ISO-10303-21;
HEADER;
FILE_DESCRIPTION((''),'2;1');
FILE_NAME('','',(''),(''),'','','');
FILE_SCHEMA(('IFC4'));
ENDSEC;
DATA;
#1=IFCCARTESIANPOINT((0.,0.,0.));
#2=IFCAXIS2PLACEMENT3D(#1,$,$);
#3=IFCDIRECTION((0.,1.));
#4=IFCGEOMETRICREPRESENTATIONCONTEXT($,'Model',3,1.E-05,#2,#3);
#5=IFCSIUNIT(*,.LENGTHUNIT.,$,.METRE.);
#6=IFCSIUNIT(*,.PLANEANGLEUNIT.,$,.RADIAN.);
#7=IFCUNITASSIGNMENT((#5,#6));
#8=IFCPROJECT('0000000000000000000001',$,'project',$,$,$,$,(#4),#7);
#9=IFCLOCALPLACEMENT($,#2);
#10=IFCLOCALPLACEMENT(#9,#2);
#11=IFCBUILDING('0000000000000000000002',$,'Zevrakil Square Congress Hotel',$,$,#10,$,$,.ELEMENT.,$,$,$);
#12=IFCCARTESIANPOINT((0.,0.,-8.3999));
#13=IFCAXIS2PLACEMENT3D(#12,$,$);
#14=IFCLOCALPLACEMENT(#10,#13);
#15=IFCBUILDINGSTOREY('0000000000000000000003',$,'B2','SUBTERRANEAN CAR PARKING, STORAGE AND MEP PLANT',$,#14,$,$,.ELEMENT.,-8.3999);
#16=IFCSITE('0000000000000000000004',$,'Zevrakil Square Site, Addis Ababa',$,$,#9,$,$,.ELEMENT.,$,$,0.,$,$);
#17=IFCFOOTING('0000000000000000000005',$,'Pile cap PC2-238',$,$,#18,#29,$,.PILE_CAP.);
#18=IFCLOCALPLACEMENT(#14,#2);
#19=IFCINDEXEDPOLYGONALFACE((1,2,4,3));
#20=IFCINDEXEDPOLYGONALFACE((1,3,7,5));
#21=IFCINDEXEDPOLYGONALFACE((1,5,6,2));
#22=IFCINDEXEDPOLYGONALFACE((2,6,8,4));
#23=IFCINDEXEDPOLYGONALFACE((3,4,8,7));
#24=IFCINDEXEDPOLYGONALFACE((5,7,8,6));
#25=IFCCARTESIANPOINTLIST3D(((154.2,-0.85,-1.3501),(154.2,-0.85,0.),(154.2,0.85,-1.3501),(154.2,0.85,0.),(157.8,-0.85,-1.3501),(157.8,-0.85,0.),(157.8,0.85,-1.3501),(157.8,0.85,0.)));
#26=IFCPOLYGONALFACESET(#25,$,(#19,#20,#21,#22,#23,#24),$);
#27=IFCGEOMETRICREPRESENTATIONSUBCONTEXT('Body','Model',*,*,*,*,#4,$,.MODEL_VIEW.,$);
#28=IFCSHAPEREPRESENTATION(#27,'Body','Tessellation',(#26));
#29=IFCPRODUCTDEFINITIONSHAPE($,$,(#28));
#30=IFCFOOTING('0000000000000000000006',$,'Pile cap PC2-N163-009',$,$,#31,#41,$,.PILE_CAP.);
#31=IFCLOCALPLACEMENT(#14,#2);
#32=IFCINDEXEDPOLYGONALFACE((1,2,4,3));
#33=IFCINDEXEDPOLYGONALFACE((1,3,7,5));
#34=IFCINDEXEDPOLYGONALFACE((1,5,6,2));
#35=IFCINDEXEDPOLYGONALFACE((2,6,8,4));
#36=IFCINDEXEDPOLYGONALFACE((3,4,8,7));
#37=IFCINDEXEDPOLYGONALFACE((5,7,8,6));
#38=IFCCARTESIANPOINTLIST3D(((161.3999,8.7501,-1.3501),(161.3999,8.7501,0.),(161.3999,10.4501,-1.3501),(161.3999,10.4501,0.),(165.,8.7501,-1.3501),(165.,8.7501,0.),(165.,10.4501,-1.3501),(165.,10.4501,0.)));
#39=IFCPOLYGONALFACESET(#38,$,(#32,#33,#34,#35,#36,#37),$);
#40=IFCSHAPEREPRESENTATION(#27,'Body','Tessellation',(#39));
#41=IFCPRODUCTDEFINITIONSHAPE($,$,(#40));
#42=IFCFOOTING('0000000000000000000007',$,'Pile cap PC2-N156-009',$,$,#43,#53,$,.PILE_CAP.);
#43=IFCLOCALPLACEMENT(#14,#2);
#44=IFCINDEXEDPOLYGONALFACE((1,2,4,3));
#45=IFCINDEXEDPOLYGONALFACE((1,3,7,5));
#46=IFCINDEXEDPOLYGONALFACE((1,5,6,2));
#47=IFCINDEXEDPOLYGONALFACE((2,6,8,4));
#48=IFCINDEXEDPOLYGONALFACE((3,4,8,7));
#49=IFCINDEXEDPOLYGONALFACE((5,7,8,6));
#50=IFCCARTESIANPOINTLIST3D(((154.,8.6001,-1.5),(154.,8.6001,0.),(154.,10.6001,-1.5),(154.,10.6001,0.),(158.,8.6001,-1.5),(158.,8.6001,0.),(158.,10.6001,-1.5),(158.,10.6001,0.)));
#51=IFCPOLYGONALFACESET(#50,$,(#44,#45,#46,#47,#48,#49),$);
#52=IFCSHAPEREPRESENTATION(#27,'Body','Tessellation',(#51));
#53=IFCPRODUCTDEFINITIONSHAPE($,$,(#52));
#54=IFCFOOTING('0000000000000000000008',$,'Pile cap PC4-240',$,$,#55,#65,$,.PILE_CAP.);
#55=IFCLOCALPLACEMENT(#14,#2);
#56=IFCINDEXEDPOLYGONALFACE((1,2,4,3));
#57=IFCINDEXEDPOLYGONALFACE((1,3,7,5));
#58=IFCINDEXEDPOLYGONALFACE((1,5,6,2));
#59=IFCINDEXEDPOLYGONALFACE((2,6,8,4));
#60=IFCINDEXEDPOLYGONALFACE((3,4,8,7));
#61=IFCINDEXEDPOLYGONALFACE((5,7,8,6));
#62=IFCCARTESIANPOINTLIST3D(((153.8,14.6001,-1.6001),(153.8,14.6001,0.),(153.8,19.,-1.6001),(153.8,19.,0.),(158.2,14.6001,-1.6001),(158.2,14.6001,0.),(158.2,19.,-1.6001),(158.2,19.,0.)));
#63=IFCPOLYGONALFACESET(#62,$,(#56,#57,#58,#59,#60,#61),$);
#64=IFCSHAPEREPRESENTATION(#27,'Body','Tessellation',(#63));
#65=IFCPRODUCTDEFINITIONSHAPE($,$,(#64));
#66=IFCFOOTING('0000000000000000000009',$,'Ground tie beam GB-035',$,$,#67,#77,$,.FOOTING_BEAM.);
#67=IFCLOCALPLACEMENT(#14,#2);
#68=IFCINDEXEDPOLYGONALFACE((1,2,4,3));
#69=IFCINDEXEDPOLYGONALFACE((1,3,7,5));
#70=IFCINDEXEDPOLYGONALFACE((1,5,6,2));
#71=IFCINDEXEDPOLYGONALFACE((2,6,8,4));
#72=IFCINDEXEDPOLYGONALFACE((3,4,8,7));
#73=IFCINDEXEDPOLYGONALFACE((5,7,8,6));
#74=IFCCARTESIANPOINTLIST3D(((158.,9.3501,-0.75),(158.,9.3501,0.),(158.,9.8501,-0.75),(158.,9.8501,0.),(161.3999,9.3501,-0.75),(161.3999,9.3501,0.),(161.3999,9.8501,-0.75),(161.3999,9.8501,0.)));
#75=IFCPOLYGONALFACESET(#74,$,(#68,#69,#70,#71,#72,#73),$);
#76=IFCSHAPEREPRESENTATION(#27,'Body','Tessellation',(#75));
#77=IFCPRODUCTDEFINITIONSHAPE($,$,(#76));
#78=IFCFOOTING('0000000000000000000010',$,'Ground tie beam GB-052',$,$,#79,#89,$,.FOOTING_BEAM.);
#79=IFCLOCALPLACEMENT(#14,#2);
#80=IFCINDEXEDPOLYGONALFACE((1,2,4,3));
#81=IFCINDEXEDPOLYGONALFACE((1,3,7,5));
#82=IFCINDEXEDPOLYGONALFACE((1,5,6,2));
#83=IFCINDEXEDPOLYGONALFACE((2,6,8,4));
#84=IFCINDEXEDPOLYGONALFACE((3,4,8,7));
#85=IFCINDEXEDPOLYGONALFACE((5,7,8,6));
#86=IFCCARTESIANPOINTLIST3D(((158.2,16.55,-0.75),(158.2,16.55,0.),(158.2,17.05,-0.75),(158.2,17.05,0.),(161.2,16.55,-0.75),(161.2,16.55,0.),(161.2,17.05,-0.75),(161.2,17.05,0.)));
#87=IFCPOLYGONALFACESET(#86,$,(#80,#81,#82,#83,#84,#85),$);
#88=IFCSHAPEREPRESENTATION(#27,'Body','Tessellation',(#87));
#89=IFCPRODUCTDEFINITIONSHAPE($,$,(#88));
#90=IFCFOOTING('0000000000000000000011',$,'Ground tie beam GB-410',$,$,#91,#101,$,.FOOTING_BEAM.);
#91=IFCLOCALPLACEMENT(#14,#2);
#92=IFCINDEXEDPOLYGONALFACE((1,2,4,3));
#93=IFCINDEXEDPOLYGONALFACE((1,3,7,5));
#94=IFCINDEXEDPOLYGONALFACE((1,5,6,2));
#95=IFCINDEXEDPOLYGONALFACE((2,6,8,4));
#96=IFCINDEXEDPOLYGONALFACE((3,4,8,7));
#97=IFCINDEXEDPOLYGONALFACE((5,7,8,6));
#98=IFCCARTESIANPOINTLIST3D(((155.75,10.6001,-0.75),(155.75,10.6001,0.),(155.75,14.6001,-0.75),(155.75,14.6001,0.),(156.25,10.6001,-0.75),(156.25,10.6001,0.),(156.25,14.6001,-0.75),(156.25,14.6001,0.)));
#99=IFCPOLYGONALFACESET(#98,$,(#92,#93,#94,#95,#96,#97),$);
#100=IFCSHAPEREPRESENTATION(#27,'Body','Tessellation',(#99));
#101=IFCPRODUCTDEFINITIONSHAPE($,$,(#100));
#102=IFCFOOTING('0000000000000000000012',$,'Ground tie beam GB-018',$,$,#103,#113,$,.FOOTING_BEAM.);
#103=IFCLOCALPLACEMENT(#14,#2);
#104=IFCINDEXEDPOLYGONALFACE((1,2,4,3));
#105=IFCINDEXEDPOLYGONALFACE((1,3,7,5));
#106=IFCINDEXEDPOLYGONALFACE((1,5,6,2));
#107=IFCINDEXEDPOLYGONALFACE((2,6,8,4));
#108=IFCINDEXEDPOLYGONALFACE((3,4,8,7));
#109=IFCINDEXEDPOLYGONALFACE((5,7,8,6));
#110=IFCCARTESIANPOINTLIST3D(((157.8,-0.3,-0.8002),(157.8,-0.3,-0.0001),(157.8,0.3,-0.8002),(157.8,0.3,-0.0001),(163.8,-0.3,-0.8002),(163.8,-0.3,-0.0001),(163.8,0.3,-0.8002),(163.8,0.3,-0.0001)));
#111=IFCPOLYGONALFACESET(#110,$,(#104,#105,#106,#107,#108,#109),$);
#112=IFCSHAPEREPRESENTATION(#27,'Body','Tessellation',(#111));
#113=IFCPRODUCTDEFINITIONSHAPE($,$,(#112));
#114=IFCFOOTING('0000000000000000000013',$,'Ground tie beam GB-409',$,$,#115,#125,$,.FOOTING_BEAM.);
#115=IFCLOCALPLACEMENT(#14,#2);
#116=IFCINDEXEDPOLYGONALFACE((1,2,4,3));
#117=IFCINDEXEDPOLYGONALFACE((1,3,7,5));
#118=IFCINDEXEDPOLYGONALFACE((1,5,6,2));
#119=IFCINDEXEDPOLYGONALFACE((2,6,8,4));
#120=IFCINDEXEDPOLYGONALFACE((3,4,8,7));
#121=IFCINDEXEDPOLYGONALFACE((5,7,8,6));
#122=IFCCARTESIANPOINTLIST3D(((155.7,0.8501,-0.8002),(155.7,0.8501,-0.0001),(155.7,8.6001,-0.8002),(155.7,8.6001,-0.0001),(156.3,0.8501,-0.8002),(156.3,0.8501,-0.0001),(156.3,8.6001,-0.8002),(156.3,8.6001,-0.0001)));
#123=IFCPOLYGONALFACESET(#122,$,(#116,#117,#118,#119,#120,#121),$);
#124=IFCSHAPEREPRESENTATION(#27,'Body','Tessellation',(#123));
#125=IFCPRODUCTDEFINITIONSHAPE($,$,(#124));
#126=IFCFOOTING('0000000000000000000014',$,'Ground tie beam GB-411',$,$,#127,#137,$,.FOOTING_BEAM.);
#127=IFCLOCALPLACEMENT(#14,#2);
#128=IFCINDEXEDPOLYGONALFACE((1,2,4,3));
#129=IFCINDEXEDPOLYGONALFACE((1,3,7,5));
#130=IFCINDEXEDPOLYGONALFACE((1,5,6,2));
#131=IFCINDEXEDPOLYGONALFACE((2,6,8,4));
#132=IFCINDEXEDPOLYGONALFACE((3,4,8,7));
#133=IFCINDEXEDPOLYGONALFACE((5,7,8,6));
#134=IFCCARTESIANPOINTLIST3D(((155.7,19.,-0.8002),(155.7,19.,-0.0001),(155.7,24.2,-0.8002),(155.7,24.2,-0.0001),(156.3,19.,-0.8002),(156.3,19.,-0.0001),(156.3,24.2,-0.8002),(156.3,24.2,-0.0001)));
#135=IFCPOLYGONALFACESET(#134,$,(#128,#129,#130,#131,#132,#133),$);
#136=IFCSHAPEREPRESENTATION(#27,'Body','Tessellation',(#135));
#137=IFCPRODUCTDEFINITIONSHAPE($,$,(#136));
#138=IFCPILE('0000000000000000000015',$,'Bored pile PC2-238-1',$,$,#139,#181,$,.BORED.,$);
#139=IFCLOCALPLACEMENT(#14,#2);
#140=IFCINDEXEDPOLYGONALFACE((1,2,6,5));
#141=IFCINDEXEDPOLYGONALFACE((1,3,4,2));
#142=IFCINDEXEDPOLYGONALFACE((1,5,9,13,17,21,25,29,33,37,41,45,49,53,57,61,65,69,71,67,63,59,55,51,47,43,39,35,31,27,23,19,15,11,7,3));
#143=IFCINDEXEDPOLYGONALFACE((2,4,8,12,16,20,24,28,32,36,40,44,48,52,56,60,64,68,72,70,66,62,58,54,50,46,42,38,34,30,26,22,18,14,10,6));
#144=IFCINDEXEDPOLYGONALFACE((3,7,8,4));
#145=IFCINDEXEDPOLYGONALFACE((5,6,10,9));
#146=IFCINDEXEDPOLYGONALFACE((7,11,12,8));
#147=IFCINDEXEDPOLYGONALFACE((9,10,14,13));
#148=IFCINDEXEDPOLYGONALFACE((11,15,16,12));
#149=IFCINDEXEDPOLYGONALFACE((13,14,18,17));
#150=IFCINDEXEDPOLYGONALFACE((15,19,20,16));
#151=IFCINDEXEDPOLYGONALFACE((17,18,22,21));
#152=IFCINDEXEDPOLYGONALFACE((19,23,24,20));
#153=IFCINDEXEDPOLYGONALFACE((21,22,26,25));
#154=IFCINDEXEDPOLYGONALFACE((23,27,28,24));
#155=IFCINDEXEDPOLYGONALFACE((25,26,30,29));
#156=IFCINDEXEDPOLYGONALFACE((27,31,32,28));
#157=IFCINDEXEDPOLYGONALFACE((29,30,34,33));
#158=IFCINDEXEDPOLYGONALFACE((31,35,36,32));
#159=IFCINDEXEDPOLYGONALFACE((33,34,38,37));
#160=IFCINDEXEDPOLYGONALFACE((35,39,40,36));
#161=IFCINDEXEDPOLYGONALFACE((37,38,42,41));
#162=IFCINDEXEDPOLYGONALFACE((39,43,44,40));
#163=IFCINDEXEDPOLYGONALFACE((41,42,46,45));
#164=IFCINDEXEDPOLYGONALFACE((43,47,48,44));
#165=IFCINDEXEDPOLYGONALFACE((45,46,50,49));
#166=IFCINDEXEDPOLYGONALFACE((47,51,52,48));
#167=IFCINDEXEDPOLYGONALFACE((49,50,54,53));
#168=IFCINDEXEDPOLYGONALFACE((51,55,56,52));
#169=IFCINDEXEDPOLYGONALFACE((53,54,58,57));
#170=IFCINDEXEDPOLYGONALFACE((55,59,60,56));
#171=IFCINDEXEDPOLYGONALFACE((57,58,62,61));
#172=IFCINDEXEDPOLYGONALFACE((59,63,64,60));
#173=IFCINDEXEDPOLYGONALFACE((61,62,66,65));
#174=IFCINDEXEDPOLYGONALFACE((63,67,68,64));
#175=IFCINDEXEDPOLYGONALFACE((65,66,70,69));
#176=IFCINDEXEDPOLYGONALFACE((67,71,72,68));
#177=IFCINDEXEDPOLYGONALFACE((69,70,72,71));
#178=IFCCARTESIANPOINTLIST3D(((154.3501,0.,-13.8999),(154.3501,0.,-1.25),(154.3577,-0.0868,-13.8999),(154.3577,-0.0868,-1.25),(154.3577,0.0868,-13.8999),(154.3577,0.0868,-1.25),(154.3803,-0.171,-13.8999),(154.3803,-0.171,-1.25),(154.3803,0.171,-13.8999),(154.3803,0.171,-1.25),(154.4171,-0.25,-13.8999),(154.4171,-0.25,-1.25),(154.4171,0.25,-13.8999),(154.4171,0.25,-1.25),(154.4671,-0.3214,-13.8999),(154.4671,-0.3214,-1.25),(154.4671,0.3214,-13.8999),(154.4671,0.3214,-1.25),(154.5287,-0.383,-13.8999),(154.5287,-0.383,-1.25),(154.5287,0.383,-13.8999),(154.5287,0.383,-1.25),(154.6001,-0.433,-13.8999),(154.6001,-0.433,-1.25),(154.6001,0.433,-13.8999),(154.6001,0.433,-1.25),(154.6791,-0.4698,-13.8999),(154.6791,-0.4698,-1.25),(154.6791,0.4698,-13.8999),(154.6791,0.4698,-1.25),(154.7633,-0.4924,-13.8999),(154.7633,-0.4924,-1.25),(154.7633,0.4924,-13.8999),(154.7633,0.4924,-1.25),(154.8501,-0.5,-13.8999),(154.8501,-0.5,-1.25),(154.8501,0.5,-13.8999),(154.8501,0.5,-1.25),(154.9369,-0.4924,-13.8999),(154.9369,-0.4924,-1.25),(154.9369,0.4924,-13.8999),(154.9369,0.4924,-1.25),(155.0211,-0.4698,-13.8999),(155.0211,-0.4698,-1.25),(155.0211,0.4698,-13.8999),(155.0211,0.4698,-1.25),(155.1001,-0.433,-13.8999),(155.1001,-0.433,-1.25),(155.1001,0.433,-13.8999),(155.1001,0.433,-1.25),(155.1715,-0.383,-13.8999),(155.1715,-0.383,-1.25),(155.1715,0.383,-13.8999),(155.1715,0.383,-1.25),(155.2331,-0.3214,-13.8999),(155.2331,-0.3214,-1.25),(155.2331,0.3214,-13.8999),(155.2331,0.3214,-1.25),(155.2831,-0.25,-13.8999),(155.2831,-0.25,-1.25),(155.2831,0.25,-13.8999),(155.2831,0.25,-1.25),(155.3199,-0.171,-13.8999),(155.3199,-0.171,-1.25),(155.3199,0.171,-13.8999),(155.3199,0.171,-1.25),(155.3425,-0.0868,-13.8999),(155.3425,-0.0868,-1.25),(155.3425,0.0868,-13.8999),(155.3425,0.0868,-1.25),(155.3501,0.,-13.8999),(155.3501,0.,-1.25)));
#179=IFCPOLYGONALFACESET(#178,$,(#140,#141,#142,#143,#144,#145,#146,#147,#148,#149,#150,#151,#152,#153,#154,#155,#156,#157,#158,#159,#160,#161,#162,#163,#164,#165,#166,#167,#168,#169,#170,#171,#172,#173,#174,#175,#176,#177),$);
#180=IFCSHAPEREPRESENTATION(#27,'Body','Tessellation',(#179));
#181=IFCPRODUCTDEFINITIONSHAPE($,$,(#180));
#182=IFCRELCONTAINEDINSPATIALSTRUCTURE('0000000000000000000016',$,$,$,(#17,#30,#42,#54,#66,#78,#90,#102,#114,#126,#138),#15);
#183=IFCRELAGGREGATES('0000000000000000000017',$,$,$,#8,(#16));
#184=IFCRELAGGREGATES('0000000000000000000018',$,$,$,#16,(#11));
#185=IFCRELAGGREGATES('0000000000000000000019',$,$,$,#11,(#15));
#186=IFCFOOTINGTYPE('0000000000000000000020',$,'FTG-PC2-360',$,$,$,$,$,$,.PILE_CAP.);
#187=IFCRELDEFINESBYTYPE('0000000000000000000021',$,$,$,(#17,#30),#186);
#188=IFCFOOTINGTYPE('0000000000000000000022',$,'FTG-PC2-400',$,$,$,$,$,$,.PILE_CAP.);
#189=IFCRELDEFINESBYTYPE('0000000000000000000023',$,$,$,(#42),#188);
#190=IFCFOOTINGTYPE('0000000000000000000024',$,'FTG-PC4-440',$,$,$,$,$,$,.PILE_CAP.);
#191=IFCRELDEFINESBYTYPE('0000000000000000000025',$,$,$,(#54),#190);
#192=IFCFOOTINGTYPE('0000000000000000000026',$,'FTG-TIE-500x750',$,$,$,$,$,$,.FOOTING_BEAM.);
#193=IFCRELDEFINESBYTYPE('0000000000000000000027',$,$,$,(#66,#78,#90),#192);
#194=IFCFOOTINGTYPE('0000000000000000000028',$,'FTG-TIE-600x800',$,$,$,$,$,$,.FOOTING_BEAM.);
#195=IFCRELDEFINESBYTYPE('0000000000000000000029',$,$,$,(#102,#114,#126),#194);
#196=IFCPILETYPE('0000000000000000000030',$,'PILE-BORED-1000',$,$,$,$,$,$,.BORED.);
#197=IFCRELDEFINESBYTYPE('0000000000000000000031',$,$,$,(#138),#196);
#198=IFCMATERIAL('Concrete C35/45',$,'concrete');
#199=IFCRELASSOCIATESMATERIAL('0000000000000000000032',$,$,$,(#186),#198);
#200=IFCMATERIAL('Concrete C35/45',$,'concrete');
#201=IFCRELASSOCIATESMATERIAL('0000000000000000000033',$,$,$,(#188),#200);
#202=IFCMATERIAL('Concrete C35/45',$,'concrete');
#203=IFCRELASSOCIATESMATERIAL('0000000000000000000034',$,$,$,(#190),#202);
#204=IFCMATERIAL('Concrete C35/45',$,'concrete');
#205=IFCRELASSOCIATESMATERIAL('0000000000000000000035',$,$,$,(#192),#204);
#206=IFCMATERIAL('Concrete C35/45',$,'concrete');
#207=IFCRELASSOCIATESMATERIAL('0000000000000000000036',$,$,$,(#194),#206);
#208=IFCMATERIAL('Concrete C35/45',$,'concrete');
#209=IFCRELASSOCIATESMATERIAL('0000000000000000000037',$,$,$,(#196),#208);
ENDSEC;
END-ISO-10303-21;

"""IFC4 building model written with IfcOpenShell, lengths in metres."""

from ifc_helpers import new_model, si_unit, direction, frame, origin, origin_2d, place, context, subcontext, project, spatial, rectangle, circle, extrude, material, material_profile, profile_set, type_object, element, save


model = new_model("IFC4")

# Units and contexts
model_context = context("Model", 3, precision=1e-05, world=origin(), true_north=direction((0.0, 1.0)))
body_context = subcontext(model_context, "Body", "Model", "MODEL_VIEW")
ifc_project = project(units=[si_unit("LENGTHUNIT", "METRE"), si_unit("PLANEANGLEUNIT", "RADIAN")], contexts=[model_context])

# Site, building, storey
site_placement = place(None, origin())
site = spatial("IfcSite", under=ifc_project, at=site_placement, Name="Zevrakil Square Site, Addis Ababa", CompositionType="ELEMENT", RefElevation=0.0)
building_placement = place(site_placement, origin())
building = spatial("IfcBuilding", under=site, at=building_placement, Name="Zevrakil Square Congress Hotel", CompositionType="ELEMENT")
storey_placement = place(building_placement, frame((0.0, 0.0, -8.3999)))
storey = spatial("IfcBuildingStorey", under=building, at=storey_placement, Name="B2", Description="SUBTERRANEAN CAR PARKING, STORAGE AND MEP PLANT", CompositionType="ELEMENT", Elevation=-8.3999)

# Footings
ifc_material_1 = material(Name="Concrete C35/45", Category="concrete")
footing_type_1 = type_object("IfcFootingType", Name="FTG-PC2-360", PredefinedType="PILE_CAP", material=ifc_material_1)
for number, where, z_axis, x_axis, name in (
    (1, (156.0, 0.0, -1.3501), (0.0, 0.0, 1.0), (1.0, 0.0, 0.0), "Pile cap PC2-238"),
    (2, (163.2, 9.6001, -1.3501), (0.0, 0.0, 1.0), (1.0, 0.0, 0.0), "Pile cap PC2-N163-009"),
):
    element("IfcFooting", number, at=place(storey_placement, frame(where, z_axis=z_axis, x_axis=x_axis)), inside=storey, type_object=footing_type_1, Name=name, PredefinedType="PILE_CAP", context=body_context, shape_type="SweptSolid", body=[
        extrude(rectangle(XDim=3.6001, YDim=1.7, at=origin_2d()), origin(), (0.0, 0.0, 1.0), 1.3501),
    ])
ifc_material_2 = material(Name="Concrete C35/45", Category="concrete")
footing_type_2 = type_object("IfcFootingType", Name="FTG-PC2-400", PredefinedType="PILE_CAP", material=ifc_material_2)
footing_1_placement = place(storey_placement, frame((156.0, 9.6001, -1.5), z_axis=(0.0, 0.0, 1.0), x_axis=(1.0, 0.0, 0.0)))
element("IfcFooting", 3, at=footing_1_placement, inside=storey, type_object=footing_type_2, Name="Pile cap PC2-N156-009", PredefinedType="PILE_CAP", context=body_context, shape_type="SweptSolid", body=[
    extrude(rectangle(XDim=4.0, YDim=2.0, at=origin_2d()), origin(), (0.0, 0.0, 1.0), 1.5),
])
ifc_material_3 = material(Name="Concrete C35/45", Category="concrete")
footing_type_3 = type_object("IfcFootingType", Name="FTG-PC4-440", PredefinedType="PILE_CAP", material=ifc_material_3)
footing_2_placement = place(storey_placement, frame((156.0, 16.8, -1.6001), z_axis=(0.0, 0.0, 1.0), x_axis=(1.0, 0.0, 0.0)))
element("IfcFooting", 4, at=footing_2_placement, inside=storey, type_object=footing_type_3, Name="Pile cap PC4-240", PredefinedType="PILE_CAP", context=body_context, shape_type="SweptSolid", body=[
    extrude(rectangle(XDim=4.3999, YDim=4.3999, at=origin_2d()), origin(), (0.0, 0.0, 1.0), 1.6001),
])
ifc_material_4 = material(Name="Concrete C35/45", Category="concrete")
ifc_material_profile_1 = material_profile(ifc_material_4, rectangle(XDim=0.5, YDim=0.75, at=origin_2d()), Name="RC 500x750")
ifc_profile_set_1 = profile_set([ifc_material_profile_1], Name="Concrete C35/45")
footing_type_4 = type_object("IfcFootingType", Name="FTG-TIE-500x750", PredefinedType="FOOTING_BEAM", material=ifc_profile_set_1)
footing_3_placement = place(storey_placement, frame((158.0, 9.6001, -0.375), z_axis=(1.0, 0.0, 0.0), x_axis=(0.0, 1.0, 0.0)))
element("IfcFooting", 5, at=footing_3_placement, inside=storey, type_object=footing_type_4, Name="Ground tie beam GB-035", PredefinedType="FOOTING_BEAM", context=body_context, shape_type="SweptSolid", body=[
    extrude(rectangle(XDim=0.5, YDim=0.75, at=origin_2d()), origin(), (0.0, 0.0, 1.0), 3.3999),
])
footing_4_placement = place(storey_placement, frame((158.2, 16.8, -0.375), z_axis=(1.0, 0.0, 0.0), x_axis=(0.0, 1.0, 0.0)))
element("IfcFooting", 6, at=footing_4_placement, inside=storey, type_object=footing_type_4, Name="Ground tie beam GB-052", PredefinedType="FOOTING_BEAM", context=body_context, shape_type="SweptSolid", body=[
    extrude(rectangle(XDim=0.5, YDim=0.75, at=origin_2d()), origin(), (0.0, 0.0, 1.0), 3.0),
])
footing_5_placement = place(storey_placement, frame((156.0, 10.6001, -0.375), z_axis=(0.0, 1.0, 0.0), x_axis=(-1.0, 0.0, 0.0)))
element("IfcFooting", 7, at=footing_5_placement, inside=storey, type_object=footing_type_4, Name="Ground tie beam GB-410", PredefinedType="FOOTING_BEAM", context=body_context, shape_type="SweptSolid", body=[
    extrude(rectangle(XDim=0.5, YDim=0.75, at=origin_2d()), origin(), (0.0, 0.0, 1.0), 4.0),
])
ifc_material_5 = material(Name="Concrete C35/45", Category="concrete")
ifc_material_profile_2 = material_profile(ifc_material_5, rectangle(XDim=0.6001, YDim=0.8, at=origin_2d()), Name="RC 600x800")
ifc_profile_set_2 = profile_set([ifc_material_profile_2], Name="Concrete C35/45")
footing_type_5 = type_object("IfcFootingType", Name="FTG-TIE-600x800", PredefinedType="FOOTING_BEAM", material=ifc_profile_set_2)
footing_6_placement = place(storey_placement, frame((157.8, 0.0, -0.4001), z_axis=(1.0, 0.0, 0.0), x_axis=(0.0, 1.0, 0.0)))
element("IfcFooting", 8, at=footing_6_placement, inside=storey, type_object=footing_type_5, Name="Ground tie beam GB-018", PredefinedType="FOOTING_BEAM", context=body_context, shape_type="SweptSolid", body=[
    extrude(rectangle(XDim=0.6001, YDim=0.8, at=origin_2d()), origin(), (0.0, 0.0, 1.0), 6.0),
])
footing_7_placement = place(storey_placement, frame((156.0, 0.8501, -0.4001), z_axis=(0.0, 1.0, 0.0), x_axis=(-1.0, 0.0, 0.0)))
element("IfcFooting", 9, at=footing_7_placement, inside=storey, type_object=footing_type_5, Name="Ground tie beam GB-409", PredefinedType="FOOTING_BEAM", context=body_context, shape_type="SweptSolid", body=[
    extrude(rectangle(XDim=0.6001, YDim=0.8, at=origin_2d()), origin(), (0.0, 0.0, 1.0), 7.75),
])
footing_8_placement = place(storey_placement, frame((156.0, 19.0, -0.4001), z_axis=(0.0, 1.0, 0.0), x_axis=(-1.0, 0.0, 0.0)))
element("IfcFooting", 10, at=footing_8_placement, inside=storey, type_object=footing_type_5, Name="Ground tie beam GB-411", PredefinedType="FOOTING_BEAM", context=body_context, shape_type="SweptSolid", body=[
    extrude(rectangle(XDim=0.6001, YDim=0.8, at=origin_2d()), origin(), (0.0, 0.0, 1.0), 5.2),
])

# Pile
ifc_material_6 = material(Name="Concrete C35/45", Category="concrete")
ifc_material_profile_3 = material_profile(ifc_material_6, circle(Radius=0.5, at=origin_2d()), Name="PILE D1000")
ifc_profile_set_3 = profile_set([ifc_material_profile_3], Name="Concrete C35/45")
pile_type_1 = type_object("IfcPileType", Name="PILE-BORED-1000", PredefinedType="BORED", material=ifc_profile_set_3)
for number, where, z_axis, x_axis, name in (
    (11, (154.8501, 0.0, -1.25), (0.0, 0.0, -1.0), (1.0, 0.0, 0.0), "Bored pile PC2-238-1"),
):
    element("IfcPile", number, at=place(storey_placement, frame(where, z_axis=z_axis, x_axis=x_axis)), inside=storey, type_object=pile_type_1, Name=name, PredefinedType="BORED", context=body_context, shape_type="SweptSolid", body=[
        extrude(circle(Radius=0.5, at=origin_2d()), origin(), (0.0, 0.0, 1.0), 12.6499),
    ])

save(model, "model.ifc")
